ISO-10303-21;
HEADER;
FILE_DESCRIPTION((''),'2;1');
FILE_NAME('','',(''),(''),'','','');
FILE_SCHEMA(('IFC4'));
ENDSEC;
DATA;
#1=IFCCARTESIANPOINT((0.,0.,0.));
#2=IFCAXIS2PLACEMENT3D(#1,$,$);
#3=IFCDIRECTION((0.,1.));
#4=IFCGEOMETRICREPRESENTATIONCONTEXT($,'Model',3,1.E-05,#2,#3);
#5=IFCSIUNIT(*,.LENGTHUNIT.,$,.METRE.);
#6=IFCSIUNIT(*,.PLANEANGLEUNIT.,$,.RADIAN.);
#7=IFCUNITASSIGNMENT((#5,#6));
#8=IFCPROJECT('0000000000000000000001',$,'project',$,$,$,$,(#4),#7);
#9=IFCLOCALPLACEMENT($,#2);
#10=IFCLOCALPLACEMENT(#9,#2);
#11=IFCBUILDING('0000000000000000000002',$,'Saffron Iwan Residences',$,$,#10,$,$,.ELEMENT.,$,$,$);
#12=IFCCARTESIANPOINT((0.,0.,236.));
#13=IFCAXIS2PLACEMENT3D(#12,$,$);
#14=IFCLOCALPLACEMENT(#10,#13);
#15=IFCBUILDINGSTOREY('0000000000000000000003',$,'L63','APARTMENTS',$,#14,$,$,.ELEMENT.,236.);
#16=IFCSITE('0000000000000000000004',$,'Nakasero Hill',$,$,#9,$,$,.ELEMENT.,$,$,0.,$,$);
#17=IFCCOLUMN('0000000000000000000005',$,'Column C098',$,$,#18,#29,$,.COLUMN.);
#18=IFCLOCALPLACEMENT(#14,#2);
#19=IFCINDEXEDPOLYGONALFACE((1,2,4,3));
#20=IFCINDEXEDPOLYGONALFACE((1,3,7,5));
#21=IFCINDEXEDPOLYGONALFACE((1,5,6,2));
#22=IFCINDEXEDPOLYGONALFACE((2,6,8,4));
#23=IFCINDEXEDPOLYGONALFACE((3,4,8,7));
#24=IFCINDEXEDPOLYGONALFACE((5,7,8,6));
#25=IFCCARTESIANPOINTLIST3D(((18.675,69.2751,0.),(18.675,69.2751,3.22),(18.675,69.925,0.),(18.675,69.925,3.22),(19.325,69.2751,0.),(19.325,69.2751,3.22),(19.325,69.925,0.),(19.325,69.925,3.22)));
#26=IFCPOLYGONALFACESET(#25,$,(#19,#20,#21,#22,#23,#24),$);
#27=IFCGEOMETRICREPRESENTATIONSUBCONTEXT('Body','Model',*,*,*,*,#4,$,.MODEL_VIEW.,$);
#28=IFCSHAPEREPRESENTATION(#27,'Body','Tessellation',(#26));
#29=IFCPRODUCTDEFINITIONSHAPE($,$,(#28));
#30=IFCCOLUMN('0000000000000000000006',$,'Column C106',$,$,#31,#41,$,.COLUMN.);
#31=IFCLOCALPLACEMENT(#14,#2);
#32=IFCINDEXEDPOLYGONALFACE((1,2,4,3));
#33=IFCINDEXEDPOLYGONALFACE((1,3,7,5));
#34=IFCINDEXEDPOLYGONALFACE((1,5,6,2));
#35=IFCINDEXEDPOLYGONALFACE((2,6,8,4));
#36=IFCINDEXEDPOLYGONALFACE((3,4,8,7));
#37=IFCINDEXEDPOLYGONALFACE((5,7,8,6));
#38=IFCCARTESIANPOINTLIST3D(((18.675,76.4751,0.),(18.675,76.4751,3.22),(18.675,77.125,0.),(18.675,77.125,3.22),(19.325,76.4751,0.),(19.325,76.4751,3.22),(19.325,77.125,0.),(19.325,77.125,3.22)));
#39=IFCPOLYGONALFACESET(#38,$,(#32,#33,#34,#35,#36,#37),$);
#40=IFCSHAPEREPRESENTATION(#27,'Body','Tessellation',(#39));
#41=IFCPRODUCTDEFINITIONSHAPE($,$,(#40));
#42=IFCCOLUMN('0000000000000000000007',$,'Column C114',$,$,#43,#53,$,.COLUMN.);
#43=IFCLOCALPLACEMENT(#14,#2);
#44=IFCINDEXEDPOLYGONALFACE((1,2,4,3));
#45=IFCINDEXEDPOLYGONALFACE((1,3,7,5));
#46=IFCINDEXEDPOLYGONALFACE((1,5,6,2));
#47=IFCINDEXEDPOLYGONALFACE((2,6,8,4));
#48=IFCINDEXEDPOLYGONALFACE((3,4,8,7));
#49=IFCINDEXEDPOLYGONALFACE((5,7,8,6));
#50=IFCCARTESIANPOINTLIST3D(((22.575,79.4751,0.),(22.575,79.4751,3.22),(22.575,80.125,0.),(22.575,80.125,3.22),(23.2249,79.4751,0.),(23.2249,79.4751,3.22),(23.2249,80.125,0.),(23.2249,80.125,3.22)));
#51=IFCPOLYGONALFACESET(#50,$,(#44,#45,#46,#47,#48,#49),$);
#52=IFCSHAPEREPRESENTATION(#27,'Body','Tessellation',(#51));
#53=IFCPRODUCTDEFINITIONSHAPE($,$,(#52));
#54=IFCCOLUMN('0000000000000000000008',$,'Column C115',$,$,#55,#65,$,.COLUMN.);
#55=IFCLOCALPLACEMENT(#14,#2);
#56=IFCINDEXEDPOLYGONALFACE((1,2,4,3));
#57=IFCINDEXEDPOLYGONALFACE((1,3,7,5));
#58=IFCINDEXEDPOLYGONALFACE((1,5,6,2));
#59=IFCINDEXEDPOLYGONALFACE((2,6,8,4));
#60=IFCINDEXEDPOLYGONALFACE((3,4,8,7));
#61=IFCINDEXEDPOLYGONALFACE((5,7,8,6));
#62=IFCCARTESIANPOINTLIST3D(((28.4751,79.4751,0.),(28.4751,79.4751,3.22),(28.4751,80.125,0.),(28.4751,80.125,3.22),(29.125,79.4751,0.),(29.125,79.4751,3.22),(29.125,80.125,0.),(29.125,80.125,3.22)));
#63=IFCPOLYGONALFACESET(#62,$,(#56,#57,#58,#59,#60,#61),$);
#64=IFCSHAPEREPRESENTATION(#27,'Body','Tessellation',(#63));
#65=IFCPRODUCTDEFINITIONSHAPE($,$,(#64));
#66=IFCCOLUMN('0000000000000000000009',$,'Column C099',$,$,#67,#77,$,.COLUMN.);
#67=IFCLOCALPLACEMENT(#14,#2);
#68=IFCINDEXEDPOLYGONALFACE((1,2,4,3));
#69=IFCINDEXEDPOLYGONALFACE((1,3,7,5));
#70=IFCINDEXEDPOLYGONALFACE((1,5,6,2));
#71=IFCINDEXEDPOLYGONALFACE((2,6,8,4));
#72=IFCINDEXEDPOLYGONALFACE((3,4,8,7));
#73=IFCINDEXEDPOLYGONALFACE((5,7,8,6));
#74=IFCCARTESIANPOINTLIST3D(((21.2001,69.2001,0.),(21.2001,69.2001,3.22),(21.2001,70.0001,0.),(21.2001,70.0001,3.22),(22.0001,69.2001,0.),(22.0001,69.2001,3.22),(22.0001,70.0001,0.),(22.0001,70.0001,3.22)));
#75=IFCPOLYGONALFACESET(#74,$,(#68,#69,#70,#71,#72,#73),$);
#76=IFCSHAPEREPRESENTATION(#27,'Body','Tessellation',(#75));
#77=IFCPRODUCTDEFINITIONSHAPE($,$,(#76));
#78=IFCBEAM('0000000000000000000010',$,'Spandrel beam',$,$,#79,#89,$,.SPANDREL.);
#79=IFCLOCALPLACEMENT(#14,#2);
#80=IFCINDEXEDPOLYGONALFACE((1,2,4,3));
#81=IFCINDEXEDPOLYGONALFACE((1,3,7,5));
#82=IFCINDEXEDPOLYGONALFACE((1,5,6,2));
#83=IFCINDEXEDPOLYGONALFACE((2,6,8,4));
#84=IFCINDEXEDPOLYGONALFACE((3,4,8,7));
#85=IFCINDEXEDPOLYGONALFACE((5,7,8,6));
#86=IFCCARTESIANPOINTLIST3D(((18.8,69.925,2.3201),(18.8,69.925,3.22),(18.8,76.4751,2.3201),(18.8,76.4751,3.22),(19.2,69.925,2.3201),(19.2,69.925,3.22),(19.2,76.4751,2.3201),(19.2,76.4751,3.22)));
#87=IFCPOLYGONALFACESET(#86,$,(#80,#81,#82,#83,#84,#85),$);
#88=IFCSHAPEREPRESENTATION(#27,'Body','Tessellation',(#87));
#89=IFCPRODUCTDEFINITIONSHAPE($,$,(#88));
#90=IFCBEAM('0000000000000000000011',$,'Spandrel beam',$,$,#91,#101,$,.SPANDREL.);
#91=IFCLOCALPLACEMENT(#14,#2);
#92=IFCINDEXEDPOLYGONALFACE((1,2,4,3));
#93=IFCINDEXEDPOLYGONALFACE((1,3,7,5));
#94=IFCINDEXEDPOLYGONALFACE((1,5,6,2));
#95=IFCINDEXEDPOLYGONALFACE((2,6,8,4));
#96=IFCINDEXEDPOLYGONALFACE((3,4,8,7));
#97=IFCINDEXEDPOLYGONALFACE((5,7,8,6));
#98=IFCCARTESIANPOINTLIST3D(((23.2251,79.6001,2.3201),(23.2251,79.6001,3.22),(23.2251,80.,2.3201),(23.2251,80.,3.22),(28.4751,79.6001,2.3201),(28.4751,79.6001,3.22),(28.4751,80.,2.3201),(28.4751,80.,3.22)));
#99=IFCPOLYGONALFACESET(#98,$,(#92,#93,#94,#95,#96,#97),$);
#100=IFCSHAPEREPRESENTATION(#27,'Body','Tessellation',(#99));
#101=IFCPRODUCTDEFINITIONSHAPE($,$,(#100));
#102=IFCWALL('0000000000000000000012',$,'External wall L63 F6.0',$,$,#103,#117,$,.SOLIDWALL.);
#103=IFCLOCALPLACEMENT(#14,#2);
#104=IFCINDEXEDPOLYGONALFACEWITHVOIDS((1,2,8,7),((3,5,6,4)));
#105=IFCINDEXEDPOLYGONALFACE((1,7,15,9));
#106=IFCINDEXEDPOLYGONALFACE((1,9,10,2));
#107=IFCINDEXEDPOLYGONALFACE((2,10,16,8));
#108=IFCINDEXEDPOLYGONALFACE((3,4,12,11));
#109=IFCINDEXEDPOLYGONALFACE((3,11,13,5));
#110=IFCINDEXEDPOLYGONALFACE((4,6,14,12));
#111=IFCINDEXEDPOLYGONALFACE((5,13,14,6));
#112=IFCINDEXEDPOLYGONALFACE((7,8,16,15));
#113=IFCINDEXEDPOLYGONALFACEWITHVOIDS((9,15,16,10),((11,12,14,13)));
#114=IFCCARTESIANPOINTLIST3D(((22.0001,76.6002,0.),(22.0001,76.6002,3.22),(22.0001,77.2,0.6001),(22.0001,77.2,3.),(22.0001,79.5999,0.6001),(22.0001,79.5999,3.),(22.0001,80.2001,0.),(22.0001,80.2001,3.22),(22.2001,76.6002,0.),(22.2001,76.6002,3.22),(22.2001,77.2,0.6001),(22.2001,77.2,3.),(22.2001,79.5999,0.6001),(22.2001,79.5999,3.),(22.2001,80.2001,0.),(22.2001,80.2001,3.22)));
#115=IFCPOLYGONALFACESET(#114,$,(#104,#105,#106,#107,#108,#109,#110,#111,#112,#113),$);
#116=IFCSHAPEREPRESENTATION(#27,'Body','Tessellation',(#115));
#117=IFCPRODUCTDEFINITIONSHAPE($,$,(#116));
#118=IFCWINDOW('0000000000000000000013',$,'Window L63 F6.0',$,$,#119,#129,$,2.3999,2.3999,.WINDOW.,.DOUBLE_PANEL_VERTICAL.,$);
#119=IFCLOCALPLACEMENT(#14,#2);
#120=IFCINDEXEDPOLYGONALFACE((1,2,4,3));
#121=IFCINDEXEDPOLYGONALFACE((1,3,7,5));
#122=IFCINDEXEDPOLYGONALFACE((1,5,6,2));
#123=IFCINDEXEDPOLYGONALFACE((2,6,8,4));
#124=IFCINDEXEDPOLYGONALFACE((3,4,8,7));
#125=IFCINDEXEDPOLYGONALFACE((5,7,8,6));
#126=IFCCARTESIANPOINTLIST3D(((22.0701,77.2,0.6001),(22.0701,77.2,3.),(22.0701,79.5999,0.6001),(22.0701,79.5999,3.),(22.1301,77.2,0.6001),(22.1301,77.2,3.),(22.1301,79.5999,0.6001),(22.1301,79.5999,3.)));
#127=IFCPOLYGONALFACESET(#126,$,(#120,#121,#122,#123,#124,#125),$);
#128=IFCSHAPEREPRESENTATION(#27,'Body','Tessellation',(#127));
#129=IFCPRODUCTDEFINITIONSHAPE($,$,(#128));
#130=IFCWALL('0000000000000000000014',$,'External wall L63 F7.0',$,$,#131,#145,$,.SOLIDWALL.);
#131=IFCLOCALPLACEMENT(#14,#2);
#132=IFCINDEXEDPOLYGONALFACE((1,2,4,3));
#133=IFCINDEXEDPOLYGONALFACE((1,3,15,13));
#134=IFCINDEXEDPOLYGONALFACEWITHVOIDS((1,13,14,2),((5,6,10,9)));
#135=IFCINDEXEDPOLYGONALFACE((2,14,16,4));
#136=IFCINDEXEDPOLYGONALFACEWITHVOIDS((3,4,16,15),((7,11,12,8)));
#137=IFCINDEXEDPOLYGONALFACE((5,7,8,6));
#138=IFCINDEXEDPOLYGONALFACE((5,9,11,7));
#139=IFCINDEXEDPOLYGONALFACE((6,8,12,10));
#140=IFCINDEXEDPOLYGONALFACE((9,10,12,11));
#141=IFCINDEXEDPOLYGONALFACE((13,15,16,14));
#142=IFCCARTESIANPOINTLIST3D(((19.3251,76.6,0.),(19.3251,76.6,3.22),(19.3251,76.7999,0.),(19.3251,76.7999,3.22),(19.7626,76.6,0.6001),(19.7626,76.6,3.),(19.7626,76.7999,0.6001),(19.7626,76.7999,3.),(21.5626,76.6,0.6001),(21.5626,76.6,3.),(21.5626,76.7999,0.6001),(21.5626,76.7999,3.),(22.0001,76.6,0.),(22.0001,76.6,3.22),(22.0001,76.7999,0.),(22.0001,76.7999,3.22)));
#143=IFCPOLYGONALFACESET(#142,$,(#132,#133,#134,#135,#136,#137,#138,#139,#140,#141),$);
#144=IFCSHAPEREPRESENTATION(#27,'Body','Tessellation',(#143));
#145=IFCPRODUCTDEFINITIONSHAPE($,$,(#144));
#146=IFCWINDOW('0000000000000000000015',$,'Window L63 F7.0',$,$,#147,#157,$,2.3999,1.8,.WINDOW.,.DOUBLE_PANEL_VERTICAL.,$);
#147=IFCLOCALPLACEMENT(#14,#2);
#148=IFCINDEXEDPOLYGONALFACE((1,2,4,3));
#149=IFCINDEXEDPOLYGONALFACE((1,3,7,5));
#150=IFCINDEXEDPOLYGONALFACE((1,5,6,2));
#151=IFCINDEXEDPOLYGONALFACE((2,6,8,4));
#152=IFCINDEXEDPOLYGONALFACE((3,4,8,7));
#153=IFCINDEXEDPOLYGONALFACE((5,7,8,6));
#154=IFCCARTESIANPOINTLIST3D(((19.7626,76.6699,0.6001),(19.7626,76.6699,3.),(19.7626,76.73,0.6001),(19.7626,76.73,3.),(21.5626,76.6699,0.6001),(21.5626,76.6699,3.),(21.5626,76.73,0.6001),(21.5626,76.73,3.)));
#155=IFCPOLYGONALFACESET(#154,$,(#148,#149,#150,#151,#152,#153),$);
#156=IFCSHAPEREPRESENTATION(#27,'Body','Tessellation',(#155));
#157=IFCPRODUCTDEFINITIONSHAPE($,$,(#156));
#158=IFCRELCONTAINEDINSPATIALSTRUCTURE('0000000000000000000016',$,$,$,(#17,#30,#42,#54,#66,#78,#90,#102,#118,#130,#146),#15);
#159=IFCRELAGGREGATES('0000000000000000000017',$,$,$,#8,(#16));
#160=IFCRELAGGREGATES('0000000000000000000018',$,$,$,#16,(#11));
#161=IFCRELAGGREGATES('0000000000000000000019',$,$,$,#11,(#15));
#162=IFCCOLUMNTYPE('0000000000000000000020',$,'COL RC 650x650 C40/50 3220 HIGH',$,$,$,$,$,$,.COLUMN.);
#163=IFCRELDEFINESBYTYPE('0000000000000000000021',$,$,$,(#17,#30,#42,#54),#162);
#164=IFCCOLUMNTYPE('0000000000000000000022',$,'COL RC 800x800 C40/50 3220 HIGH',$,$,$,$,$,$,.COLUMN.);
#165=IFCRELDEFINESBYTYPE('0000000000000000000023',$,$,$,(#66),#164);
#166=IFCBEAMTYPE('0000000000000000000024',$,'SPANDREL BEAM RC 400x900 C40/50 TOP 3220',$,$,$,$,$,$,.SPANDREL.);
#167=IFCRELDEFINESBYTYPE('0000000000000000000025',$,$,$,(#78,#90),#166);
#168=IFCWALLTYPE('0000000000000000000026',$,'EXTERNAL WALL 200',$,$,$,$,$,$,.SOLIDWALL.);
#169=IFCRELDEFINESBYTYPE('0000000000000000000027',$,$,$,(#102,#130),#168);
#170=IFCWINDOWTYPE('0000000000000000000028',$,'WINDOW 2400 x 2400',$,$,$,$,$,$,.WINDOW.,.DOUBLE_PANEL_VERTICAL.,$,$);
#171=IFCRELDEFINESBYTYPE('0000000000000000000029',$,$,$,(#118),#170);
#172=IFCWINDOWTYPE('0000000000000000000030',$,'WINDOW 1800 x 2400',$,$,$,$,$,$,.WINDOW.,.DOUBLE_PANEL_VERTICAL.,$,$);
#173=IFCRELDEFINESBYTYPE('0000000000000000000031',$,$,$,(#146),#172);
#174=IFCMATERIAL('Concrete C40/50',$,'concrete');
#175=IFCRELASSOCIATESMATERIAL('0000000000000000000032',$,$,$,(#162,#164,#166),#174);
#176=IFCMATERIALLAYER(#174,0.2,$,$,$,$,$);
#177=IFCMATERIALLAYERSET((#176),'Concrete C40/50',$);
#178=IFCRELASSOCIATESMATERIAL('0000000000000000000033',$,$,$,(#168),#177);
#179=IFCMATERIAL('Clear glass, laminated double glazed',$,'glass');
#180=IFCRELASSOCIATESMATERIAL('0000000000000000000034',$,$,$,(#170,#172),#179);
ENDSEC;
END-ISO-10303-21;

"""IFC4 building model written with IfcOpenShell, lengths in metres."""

from ifc_helpers import new_model, si_unit, direction, frame, frame_2d, origin, origin_2d, place, context, subcontext, project, spatial, rectangle, extrude, source, transform, mapped, material, layer, layer_set, material_profile, profile_set, type_object, element, fill, save


model = new_model("IFC4")

# Units and contexts
model_context = context("Model", 3, precision=1e-05, world=origin(), true_north=direction((0.0, 1.0)))
body_context = subcontext(model_context, "Body", "Model", "MODEL_VIEW")
ifc_project = project(units=[si_unit("LENGTHUNIT", "METRE"), si_unit("PLANEANGLEUNIT", "RADIAN")], contexts=[model_context])

# Site, building, storey
site_placement = place(None, origin())
site = spatial("IfcSite", under=ifc_project, at=site_placement, Name="Nakasero Hill", CompositionType="ELEMENT", RefElevation=0.0)
building_placement = place(site_placement, origin())
building = spatial("IfcBuilding", under=site, at=building_placement, Name="Saffron Iwan Residences", CompositionType="ELEMENT")
storey_placement = place(building_placement, frame((0.0, 0.0, 236.0)))
storey = spatial("IfcBuildingStorey", under=building, at=storey_placement, Name="L63", Description="APARTMENTS", CompositionType="ELEMENT", Elevation=236.0)

# Columns
ifc_material_1 = material(Name="Concrete C40/50", Category="concrete")
ifc_material_profile_1 = material_profile(ifc_material_1, rectangle(XDim=0.6499, YDim=0.6499, at=origin_2d()), Name="RC 650x650")
ifc_profile_set_1 = profile_set([ifc_material_profile_1], Name="Concrete C40/50")
column_type_1 = type_object("IfcColumnType", Name="COL RC 650x650 C40/50 3220 HIGH", PredefinedType="COLUMN", material=ifc_profile_set_1)
shared_shape_1 = source(origin(), body_context, "Body", "SweptSolid", [
    extrude(rectangle(XDim=0.6499, YDim=0.6499, at=origin_2d()), origin(), (0.0, 0.0, 1.0), 3.22),
])
for number, where, z_axis, x_axis, name in (
    (1, (19.0, 69.6001, 0.0), (0.0, 0.0, 1.0), (1.0, 0.0, 0.0), "Column C098"),
    (2, (19.0, 76.8, 0.0), (0.0, 0.0, 1.0), (1.0, 0.0, 0.0), "Column C106"),
    (3, (22.8999, 79.8, 0.0), (0.0, 0.0, 1.0), (1.0, 0.0, 0.0), "Column C114"),
    (4, (28.8, 79.8, 0.0), (0.0, 0.0, 1.0), (1.0, 0.0, 0.0), "Column C115"),
):
    element("IfcColumn", number, at=place(storey_placement, frame(where, z_axis=z_axis, x_axis=x_axis)), inside=storey, type_object=column_type_1, Name=name, PredefinedType="COLUMN", context=body_context, shape_type="MappedRepresentation", body=[
        mapped(shared_shape_1, transform((0.0, 0.0, 0.0))),
    ])
ifc_material_profile_2 = material_profile(ifc_material_1, rectangle(XDim=0.8, YDim=0.8, at=origin_2d()), Name="RC 800x800")
ifc_profile_set_2 = profile_set([ifc_material_profile_2], Name="Concrete C40/50")
column_type_2 = type_object("IfcColumnType", Name="COL RC 800x800 C40/50 3220 HIGH", PredefinedType="COLUMN", material=ifc_profile_set_2)
shared_shape_2 = source(origin(), body_context, "Body", "SweptSolid", [
    extrude(rectangle(XDim=0.8, YDim=0.8, at=origin_2d()), origin(), (0.0, 0.0, 1.0), 3.22),
])
column_placement = place(storey_placement, frame((21.6001, 69.6001, 0.0), z_axis=(0.0, 0.0, 1.0), x_axis=(1.0, 0.0, 0.0)))
element("IfcColumn", 5, at=column_placement, inside=storey, type_object=column_type_2, Name="Column C099", PredefinedType="COLUMN", context=body_context, shape_type="MappedRepresentation", body=[
    mapped(shared_shape_2, transform((0.0, 0.0, 0.0))),
])

# Beams
ifc_material_profile_3 = material_profile(ifc_material_1, rectangle(XDim=0.3999, YDim=0.8999, at=origin_2d()), Name="RC 400x900")
ifc_profile_set_3 = profile_set([ifc_material_profile_3], Name="Concrete C40/50")
beam_type = type_object("IfcBeamType", Name="SPANDREL BEAM RC 400x900 C40/50 TOP 3220", PredefinedType="SPANDREL", material=ifc_profile_set_3)
shared_shape_3 = source(origin(), body_context, "Body", "SweptSolid", [
    extrude(rectangle(XDim=0.3999, YDim=0.8999, at=origin_2d()), origin(), (0.0, 0.0, 1.0), 6.55),
])
beam_1_placement = place(storey_placement, frame((19.0, 69.925, 2.77), z_axis=(0.0, 1.0, 0.0), x_axis=(-1.0, 0.0, 0.0)))
element("IfcBeam", 6, at=beam_1_placement, inside=storey, type_object=beam_type, Name="Spandrel beam", PredefinedType="SPANDREL", context=body_context, shape_type="MappedRepresentation", body=[
    mapped(shared_shape_3, transform((0.0, 0.0, 0.0))),
])
shared_shape_4 = source(origin(), body_context, "Body", "SweptSolid", [
    extrude(rectangle(XDim=0.3999, YDim=0.8999, at=origin_2d()), origin(), (0.0, 0.0, 1.0), 5.25),
])
beam_2_placement = place(storey_placement, frame((23.2251, 79.8, 2.77), z_axis=(1.0, 0.0, 0.0), x_axis=(0.0, 1.0, 0.0)))
element("IfcBeam", 7, at=beam_2_placement, inside=storey, type_object=beam_type, Name="Spandrel beam", PredefinedType="SPANDREL", context=body_context, shape_type="MappedRepresentation", body=[
    mapped(shared_shape_4, transform((0.0, 0.0, 0.0))),
])

# Walls, openings, windows
ifc_layer_1 = layer(ifc_material_1, 0.2)
ifc_layer_set_1 = layer_set([ifc_layer_1], Name="Concrete C40/50")
wall_type_1 = type_object("IfcWallType", Name="EXTERNAL WALL 200", PredefinedType="SOLIDWALL", material=ifc_layer_set_1)
wall_1_placement = place(storey_placement, frame((22.1001, 80.2, 0.0), z_axis=(0.0, 0.0, 1.0), x_axis=(0.0, -1.0, 0.0)))
wall_1 = element("IfcWall", 8, at=wall_1_placement, inside=storey, type_object=wall_type_1, Name="External wall L63 F6.0", PredefinedType="SOLIDWALL", context=body_context, shape_type="SweptSolid", body=[
    extrude(rectangle(XDim=3.5999, YDim=0.2, at=frame_2d((1.7998, 0.0))), origin(), (0.0, 0.0, 1.0), 3.22),
])
opening_1_placement = place(wall_1_placement, frame((0.6001, 0.0, 0.6001)))
opening_1 = element("IfcOpeningElement", 9, at=opening_1_placement, cuts=wall_1, PredefinedType="OPENING", context=body_context, shape_type="SweptSolid", body=[
    extrude(rectangle(XDim=2.3999, YDim=2.3999, at=frame_2d((1.2, 1.2))), frame((0.0, 0.1099, 0.0), z_axis=(0.0, -1.0, 0.0), x_axis=(1.0, 0.0, 0.0)), (0.0, 0.0, 1.0), 0.22),
])
ifc_material_2 = material(Name="Clear glass, laminated double glazed", Category="glass")
window_type_1 = type_object("IfcWindowType", Name="WINDOW 2400 x 2400", PartitioningType="DOUBLE_PANEL_VERTICAL", PredefinedType="WINDOW", material=ifc_material_2)
window_1_placement = place(opening_1_placement, origin())
window_1 = element("IfcWindow", 10, at=window_1_placement, inside=storey, type_object=window_type_1, Name="Window L63 F6.0", OverallHeight=2.3999, OverallWidth=2.3999, PartitioningType="DOUBLE_PANEL_VERTICAL", PredefinedType="WINDOW", context=body_context, shape_type="SweptSolid", body=[
    extrude(rectangle(XDim=2.3999, YDim=2.3999, at=frame_2d((1.2, 1.2))), frame((0.0, 0.03, 0.0), z_axis=(0.0, -1.0, 0.0), x_axis=(1.0, 0.0, 0.0)), (0.0, 0.0, 1.0), 0.0601),
])
fill(opening_1, window_1)
wall_2_placement = place(storey_placement, frame((22.0, 76.7, 0.0), z_axis=(0.0, 0.0, 1.0), x_axis=(-1.0, 0.0, 0.0)))
wall_2 = element("IfcWall", 11, at=wall_2_placement, inside=storey, type_object=wall_type_1, Name="External wall L63 F7.0", PredefinedType="SOLIDWALL", context=body_context, shape_type="SweptSolid", body=[
    extrude(rectangle(XDim=2.675, YDim=0.2, at=frame_2d((1.3374, 0.0))), origin(), (0.0, 0.0, 1.0), 3.22),
])
opening_2_placement = place(wall_2_placement, frame((0.4375, 0.0, 0.6001)))
opening_2 = element("IfcOpeningElement", 12, at=opening_2_placement, cuts=wall_2, PredefinedType="OPENING", context=body_context, shape_type="SweptSolid", body=[
    extrude(rectangle(XDim=1.8, YDim=2.3999, at=frame_2d((0.8999, 1.2))), frame((0.0, 0.1099, 0.0), z_axis=(0.0, -1.0, 0.0), x_axis=(1.0, 0.0, 0.0)), (0.0, 0.0, 1.0), 0.22),
])
window_type_2 = type_object("IfcWindowType", Name="WINDOW 1800 x 2400", PartitioningType="DOUBLE_PANEL_VERTICAL", PredefinedType="WINDOW", material=ifc_material_2)
window_2_placement = place(opening_2_placement, origin())
window_2 = element("IfcWindow", 13, at=window_2_placement, inside=storey, type_object=window_type_2, Name="Window L63 F7.0", OverallHeight=2.3999, OverallWidth=1.8, PartitioningType="DOUBLE_PANEL_VERTICAL", PredefinedType="WINDOW", context=body_context, shape_type="SweptSolid", body=[
    extrude(rectangle(XDim=1.8, YDim=2.3999, at=frame_2d((0.8999, 1.2))), frame((0.0, 0.03, 0.0), z_axis=(0.0, -1.0, 0.0), x_axis=(1.0, 0.0, 0.0)), (0.0, 0.0, 1.0), 0.0601),
])
fill(opening_2, window_2)

save(model, "model.ifc")
